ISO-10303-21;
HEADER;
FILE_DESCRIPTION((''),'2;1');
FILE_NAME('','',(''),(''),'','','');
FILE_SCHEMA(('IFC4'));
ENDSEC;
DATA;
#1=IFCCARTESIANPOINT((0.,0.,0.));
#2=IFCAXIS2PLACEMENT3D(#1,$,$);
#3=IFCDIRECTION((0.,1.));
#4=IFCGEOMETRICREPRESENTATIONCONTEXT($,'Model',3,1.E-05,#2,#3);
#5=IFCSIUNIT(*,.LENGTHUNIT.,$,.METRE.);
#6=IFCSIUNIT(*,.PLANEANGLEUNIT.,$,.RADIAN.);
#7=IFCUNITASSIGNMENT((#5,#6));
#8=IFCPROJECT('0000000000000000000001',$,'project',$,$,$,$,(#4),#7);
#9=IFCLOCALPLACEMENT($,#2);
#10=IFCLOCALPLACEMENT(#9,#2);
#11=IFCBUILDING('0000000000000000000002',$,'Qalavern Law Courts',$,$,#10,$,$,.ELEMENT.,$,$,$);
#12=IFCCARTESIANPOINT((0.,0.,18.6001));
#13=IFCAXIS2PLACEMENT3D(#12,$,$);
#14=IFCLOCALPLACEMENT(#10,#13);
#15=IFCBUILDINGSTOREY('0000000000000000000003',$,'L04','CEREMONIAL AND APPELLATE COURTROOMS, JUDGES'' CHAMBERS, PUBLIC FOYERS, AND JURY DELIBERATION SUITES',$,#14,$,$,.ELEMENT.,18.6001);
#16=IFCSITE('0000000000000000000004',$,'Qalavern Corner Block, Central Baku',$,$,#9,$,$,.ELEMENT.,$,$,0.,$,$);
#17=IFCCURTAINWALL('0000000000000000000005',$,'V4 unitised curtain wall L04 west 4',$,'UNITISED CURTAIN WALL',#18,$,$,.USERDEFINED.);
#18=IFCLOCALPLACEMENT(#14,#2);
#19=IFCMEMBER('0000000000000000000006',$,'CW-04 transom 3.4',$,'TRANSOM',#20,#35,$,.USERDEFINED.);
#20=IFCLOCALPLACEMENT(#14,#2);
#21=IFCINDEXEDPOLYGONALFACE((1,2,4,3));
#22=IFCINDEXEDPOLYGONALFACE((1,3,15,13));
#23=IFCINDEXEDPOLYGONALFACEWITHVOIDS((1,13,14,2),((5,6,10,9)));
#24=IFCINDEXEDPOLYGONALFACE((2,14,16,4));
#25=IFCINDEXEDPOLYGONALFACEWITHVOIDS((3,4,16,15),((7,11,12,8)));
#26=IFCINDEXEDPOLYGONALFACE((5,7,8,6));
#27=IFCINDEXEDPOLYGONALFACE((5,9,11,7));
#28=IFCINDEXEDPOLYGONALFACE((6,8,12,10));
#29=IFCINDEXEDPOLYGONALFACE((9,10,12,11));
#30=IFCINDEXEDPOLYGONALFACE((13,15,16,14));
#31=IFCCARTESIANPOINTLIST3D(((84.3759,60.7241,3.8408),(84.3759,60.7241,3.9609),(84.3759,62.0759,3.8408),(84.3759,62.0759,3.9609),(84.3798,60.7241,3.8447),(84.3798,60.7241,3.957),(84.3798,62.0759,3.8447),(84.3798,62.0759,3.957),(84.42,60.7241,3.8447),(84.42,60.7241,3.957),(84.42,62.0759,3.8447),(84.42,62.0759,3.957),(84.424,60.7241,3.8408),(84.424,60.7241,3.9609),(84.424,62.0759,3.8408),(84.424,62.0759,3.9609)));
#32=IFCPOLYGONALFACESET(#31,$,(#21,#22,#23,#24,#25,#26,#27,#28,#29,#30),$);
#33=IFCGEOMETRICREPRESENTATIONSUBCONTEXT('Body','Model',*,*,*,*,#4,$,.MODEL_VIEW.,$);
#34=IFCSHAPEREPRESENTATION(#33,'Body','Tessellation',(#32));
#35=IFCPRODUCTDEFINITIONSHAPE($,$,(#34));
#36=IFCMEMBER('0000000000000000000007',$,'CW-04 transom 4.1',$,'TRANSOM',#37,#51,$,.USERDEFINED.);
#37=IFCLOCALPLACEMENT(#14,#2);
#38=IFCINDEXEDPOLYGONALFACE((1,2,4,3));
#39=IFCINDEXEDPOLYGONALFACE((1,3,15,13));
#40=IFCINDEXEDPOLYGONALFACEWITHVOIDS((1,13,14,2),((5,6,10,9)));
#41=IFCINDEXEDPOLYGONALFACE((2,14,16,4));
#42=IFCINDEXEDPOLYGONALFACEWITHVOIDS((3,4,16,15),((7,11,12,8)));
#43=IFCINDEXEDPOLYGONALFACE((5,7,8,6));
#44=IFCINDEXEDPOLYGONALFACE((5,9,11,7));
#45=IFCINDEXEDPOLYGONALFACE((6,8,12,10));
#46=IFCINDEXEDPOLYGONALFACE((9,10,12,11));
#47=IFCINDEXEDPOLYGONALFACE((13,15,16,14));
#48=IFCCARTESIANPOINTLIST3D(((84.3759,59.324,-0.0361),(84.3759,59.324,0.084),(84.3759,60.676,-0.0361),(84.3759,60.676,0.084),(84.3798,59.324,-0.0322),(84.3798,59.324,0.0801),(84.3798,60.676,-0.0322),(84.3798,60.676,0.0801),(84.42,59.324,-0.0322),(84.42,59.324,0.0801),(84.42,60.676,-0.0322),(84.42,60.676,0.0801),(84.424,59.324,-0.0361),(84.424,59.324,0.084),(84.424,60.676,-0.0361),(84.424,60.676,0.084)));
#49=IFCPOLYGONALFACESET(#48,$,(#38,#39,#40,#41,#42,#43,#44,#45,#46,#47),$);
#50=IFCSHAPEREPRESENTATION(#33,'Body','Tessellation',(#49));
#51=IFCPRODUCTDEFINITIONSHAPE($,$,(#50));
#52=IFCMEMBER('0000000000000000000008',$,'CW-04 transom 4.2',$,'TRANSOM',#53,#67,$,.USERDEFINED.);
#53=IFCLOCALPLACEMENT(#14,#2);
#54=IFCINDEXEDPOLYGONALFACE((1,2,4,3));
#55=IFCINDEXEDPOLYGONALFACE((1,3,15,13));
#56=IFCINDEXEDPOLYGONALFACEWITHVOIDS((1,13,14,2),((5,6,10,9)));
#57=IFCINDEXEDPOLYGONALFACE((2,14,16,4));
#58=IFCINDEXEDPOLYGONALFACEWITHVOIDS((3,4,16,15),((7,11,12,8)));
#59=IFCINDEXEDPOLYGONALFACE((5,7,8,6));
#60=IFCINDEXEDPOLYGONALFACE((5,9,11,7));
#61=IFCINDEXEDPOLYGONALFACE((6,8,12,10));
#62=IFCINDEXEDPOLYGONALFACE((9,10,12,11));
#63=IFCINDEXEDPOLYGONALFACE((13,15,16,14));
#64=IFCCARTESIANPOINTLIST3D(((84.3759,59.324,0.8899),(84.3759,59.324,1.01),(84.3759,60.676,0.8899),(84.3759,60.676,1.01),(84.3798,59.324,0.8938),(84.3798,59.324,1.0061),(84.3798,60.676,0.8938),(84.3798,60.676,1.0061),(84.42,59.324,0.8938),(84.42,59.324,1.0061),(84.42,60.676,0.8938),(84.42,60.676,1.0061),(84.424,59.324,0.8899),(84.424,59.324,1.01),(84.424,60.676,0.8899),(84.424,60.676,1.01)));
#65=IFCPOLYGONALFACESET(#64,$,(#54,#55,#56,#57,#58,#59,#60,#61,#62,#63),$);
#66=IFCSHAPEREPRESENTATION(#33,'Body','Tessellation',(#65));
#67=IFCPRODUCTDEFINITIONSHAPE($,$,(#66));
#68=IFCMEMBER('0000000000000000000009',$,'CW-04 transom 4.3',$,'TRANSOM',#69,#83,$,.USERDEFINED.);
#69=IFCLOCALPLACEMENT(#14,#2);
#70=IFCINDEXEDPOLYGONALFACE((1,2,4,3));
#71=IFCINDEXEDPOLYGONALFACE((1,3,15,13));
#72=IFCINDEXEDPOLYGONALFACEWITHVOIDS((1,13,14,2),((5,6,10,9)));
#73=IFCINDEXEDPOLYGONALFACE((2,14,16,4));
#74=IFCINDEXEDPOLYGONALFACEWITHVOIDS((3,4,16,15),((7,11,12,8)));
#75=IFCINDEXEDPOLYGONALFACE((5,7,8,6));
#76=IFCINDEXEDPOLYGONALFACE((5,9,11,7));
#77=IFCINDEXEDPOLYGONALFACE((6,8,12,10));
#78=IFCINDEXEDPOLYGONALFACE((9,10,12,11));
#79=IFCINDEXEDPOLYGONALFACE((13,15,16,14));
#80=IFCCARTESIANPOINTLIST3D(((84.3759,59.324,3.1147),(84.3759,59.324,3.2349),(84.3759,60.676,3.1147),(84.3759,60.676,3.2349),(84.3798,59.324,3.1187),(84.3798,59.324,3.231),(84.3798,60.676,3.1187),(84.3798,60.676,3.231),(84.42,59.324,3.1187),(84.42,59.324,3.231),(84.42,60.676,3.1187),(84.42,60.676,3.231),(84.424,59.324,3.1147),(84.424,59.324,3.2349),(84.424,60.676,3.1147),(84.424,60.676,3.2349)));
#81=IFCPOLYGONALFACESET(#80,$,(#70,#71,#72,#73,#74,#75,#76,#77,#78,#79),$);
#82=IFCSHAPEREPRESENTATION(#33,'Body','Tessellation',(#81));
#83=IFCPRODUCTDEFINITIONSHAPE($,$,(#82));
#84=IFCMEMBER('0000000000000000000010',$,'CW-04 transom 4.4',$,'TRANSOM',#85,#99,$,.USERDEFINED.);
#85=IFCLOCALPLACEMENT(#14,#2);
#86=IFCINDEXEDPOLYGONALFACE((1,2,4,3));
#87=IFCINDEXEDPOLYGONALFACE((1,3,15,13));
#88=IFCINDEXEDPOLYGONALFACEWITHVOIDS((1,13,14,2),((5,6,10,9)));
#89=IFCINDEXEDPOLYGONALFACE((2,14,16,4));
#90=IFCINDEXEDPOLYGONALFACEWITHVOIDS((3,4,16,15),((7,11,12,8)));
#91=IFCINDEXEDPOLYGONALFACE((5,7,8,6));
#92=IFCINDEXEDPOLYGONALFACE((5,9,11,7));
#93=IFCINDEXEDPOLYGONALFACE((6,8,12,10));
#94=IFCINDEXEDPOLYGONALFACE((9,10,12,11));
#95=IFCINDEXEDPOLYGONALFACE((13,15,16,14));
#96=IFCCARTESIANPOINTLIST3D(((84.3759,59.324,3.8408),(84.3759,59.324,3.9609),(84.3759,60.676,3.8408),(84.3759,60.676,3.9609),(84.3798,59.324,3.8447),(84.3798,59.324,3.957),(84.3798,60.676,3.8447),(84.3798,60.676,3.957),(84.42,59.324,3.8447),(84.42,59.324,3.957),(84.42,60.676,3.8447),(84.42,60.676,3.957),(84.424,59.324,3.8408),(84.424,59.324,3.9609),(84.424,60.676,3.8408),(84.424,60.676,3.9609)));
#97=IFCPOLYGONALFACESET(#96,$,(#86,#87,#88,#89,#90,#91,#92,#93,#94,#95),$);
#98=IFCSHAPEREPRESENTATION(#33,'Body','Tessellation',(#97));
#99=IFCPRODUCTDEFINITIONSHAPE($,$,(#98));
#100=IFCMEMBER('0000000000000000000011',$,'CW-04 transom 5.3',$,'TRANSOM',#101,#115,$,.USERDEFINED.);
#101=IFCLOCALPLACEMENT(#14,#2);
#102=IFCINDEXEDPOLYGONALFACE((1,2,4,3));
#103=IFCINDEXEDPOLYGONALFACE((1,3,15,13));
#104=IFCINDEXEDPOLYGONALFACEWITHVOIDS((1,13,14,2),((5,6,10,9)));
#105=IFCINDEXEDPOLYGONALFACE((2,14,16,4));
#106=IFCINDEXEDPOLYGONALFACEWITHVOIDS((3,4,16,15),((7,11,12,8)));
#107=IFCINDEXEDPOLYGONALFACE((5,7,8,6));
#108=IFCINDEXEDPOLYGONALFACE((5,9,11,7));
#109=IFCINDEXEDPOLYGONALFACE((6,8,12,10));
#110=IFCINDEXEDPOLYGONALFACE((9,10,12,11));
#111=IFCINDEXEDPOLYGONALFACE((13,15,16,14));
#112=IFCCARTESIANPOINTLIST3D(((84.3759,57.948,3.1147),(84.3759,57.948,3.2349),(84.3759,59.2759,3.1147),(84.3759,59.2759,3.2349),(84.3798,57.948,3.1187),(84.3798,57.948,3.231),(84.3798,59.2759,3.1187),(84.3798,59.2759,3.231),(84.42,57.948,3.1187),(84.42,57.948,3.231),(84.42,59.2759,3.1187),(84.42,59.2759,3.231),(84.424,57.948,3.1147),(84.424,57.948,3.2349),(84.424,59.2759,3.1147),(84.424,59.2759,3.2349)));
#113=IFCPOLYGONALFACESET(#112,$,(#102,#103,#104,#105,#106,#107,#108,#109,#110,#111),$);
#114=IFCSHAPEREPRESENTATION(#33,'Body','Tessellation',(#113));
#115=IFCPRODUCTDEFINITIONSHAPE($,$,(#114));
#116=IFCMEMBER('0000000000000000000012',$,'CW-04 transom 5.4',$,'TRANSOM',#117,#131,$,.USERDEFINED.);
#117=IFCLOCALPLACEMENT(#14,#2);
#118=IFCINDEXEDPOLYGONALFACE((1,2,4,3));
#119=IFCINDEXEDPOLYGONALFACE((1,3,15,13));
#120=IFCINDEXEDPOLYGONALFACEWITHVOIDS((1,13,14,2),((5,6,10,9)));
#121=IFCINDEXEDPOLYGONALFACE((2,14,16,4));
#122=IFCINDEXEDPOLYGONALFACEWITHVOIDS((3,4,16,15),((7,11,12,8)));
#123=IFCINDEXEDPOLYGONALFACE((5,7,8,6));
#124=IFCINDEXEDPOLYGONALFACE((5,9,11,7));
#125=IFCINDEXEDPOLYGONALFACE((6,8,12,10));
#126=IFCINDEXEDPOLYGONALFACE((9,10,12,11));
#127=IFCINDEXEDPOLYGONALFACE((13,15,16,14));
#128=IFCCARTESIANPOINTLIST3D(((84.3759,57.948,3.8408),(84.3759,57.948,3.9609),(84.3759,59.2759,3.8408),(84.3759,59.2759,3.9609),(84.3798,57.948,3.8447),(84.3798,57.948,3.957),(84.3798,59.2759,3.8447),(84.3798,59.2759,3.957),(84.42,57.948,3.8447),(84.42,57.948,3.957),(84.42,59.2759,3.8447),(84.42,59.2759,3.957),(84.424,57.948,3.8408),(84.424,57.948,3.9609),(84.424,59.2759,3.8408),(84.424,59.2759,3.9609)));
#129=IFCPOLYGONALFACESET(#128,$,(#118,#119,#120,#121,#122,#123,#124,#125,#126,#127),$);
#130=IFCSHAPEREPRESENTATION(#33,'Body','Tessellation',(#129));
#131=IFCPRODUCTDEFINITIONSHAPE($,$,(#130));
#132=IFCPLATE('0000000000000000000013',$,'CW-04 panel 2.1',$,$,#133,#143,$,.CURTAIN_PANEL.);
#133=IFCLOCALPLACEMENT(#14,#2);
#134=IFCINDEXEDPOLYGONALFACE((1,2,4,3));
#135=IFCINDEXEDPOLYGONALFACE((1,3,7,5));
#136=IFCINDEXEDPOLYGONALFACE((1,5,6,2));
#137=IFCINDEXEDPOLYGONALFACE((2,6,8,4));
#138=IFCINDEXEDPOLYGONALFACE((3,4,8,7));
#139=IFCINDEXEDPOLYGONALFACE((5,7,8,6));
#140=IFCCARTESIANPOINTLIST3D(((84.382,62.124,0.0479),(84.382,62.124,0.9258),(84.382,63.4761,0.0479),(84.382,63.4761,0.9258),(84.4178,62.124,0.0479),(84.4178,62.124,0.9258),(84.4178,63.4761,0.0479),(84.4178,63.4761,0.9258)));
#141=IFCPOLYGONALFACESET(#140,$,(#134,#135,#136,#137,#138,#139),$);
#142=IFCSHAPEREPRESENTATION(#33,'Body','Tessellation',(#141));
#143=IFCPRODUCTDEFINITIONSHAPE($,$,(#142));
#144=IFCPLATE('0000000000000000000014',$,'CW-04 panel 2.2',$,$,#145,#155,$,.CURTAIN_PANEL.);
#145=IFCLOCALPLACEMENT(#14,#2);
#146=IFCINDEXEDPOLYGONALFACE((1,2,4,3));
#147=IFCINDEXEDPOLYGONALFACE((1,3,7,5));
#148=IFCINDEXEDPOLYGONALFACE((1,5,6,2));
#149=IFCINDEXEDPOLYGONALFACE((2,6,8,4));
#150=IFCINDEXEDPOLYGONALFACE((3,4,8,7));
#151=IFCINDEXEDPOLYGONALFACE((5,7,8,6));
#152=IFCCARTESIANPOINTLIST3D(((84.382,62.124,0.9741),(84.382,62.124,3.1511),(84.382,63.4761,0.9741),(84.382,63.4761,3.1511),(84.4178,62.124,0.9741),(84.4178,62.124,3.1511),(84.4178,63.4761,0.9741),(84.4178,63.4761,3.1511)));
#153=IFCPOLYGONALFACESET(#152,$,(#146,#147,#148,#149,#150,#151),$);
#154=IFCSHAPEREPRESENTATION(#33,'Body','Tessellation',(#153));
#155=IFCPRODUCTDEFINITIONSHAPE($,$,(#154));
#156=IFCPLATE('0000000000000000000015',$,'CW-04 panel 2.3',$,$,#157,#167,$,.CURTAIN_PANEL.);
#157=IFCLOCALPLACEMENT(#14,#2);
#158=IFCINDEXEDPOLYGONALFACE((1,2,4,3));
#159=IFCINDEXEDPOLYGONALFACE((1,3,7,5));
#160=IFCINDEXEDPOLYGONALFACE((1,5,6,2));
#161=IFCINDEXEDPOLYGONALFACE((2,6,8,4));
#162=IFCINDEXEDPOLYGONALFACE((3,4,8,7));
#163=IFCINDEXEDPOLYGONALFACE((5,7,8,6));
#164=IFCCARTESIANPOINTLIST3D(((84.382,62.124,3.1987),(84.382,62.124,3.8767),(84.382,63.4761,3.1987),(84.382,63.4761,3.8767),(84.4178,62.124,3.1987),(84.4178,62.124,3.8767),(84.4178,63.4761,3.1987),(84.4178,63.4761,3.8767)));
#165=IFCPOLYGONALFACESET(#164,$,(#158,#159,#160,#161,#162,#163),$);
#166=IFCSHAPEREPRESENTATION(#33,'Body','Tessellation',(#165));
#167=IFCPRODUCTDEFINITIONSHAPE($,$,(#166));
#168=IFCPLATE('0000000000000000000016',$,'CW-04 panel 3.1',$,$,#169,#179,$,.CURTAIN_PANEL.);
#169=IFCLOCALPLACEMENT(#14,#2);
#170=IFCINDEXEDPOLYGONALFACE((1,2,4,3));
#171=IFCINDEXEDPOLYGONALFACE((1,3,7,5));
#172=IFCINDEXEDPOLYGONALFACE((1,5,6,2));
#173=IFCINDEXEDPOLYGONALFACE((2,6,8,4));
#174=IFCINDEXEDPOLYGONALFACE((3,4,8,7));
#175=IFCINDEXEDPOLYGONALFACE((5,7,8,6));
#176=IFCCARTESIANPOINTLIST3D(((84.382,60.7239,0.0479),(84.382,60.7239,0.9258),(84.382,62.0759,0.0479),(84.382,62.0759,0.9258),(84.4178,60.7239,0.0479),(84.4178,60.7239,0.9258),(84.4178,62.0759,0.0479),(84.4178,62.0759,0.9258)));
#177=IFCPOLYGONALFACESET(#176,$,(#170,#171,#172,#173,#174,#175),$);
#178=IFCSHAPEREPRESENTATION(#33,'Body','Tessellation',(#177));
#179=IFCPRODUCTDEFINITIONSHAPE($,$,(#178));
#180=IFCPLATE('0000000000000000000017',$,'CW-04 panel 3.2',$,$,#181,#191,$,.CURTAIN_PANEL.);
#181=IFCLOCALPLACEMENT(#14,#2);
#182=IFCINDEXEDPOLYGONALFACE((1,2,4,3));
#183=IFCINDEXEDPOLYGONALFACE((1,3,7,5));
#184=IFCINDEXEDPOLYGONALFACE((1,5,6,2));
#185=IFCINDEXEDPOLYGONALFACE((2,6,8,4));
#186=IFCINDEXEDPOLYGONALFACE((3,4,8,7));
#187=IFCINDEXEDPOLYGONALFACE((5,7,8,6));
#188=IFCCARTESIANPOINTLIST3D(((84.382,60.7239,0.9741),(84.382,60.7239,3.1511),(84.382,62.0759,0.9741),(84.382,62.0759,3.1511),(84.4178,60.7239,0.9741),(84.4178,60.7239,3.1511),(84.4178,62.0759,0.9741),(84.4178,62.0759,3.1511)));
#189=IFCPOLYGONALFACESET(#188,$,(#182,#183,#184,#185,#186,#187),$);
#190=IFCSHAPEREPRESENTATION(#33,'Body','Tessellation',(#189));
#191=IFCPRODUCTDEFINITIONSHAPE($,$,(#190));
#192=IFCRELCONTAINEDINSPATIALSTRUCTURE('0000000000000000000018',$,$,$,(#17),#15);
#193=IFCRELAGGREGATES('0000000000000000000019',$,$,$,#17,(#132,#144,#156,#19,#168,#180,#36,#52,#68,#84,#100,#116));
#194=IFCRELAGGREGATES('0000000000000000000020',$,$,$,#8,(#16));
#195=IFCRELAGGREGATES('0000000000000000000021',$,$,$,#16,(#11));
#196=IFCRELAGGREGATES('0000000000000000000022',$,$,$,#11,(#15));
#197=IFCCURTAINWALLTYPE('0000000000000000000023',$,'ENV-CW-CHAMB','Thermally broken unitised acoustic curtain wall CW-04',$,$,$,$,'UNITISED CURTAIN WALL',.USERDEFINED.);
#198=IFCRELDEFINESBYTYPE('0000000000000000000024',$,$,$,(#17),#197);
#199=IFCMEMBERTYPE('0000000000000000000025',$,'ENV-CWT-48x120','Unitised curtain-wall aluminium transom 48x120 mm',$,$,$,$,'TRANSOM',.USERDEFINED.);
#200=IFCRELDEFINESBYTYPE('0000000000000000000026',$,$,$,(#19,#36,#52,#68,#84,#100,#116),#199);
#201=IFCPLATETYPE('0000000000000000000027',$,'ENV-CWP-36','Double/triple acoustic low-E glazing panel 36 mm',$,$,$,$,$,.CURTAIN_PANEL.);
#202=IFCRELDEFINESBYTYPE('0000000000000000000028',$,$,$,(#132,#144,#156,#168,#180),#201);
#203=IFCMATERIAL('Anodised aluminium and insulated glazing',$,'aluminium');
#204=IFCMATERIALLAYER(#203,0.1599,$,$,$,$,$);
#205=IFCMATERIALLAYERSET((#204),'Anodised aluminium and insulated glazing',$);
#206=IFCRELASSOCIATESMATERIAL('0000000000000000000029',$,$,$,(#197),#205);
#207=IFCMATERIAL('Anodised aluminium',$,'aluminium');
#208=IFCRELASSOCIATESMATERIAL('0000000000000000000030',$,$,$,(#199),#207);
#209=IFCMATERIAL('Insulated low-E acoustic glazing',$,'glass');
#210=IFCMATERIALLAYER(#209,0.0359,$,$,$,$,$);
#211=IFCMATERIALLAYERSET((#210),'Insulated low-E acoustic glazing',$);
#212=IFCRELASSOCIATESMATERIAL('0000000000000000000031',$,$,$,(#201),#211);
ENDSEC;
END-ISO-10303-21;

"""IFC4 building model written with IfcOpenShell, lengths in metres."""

from ifc_helpers import new_model, si_unit, direction, frame, origin, origin_2d, place, context, subcontext, project, spatial, rectangle, hollow_rectangle, extrude, material, layer, layer_set, material_profile, profile_set, type_object, element, aggregate, save


model = new_model("IFC4")

# Units and contexts
model_context = context("Model", 3, precision=1e-05, world=origin(), true_north=direction((0.0, 1.0)))
body_context = subcontext(model_context, "Body", "Model", "MODEL_VIEW")
ifc_project = project(units=[si_unit("LENGTHUNIT", "METRE"), si_unit("PLANEANGLEUNIT", "RADIAN")], contexts=[model_context])

# Site, building, storey
site_placement = place(None, origin())
site = spatial("IfcSite", under=ifc_project, at=site_placement, Name="Qalavern Corner Block, Central Baku", CompositionType="ELEMENT", RefElevation=0.0)
building_placement = place(site_placement, origin())
building = spatial("IfcBuilding", under=site, at=building_placement, Name="Qalavern Law Courts", CompositionType="ELEMENT")
storey_placement = place(building_placement, frame((0.0, 0.0, 18.6001)))
storey = spatial("IfcBuildingStorey", under=building, at=storey_placement, Name="L04", Description="CEREMONIAL AND APPELLATE COURTROOMS, JUDGES' CHAMBERS, PUBLIC FOYERS, AND JURY DELIBERATION SUITES", CompositionType="ELEMENT", Elevation=18.6001)

# Curtain wall, members, plates
ifc_material_1 = material(Name="Anodised aluminium and insulated glazing", Category="aluminium")
ifc_layer_1 = layer(ifc_material_1, 0.1599)
ifc_layer_set_1 = layer_set([ifc_layer_1], Name="Anodised aluminium and insulated glazing")
curtain_wall_type = type_object("IfcCurtainWallType", Name="ENV-CW-CHAMB", Description="Thermally broken unitised acoustic curtain wall CW-04", ElementType="UNITISED CURTAIN WALL", PredefinedType="USERDEFINED", material=ifc_layer_set_1)
curtain_wall_placement = place(storey_placement, origin())
curtain_wall = element("IfcCurtainWall", 1, at=curtain_wall_placement, inside=storey, type_object=curtain_wall_type, Name="V4 unitised curtain wall L04 west 4", ObjectType="UNITISED CURTAIN WALL", PredefinedType="USERDEFINED")
ifc_material_2 = material(Name="Anodised aluminium", Category="aluminium")
ifc_material_profile_1 = material_profile(ifc_material_2, hollow_rectangle(XDim=0.0481, YDim=0.1201, WallThickness=0.0039, at=origin_2d()), Name="ALU TRANSOM 48x120")
ifc_profile_set_1 = profile_set([ifc_material_profile_1], Name="Anodised aluminium")
member_type_1 = type_object("IfcMemberType", Name="ENV-CWT-48x120", Description="Unitised curtain-wall aluminium transom 48x120 mm", ElementType="TRANSOM", PredefinedType="USERDEFINED", material=ifc_profile_set_1)
member_1_placement = place(storey_placement, frame((84.3999, 62.0759, 3.9009), z_axis=(0.0, -1.0, 0.0), x_axis=(1.0, 0.0, 0.0)))
member_1 = element("IfcMember", 2, at=member_1_placement, type_object=member_type_1, Name="CW-04 transom 3.4", ObjectType="TRANSOM", PredefinedType="USERDEFINED", context=body_context, shape_type="SweptSolid", body=[
    extrude(hollow_rectangle(XDim=0.0481, YDim=0.1201, WallThickness=0.0039, at=origin_2d()), origin(), (0.0, 0.0, 1.0), 1.3518),
])
member_2_placement = place(storey_placement, frame((84.3999, 60.676, 0.0239), z_axis=(0.0, -1.0, 0.0), x_axis=(1.0, 0.0, 0.0)))
member_2 = element("IfcMember", 3, at=member_2_placement, type_object=member_type_1, Name="CW-04 transom 4.1", ObjectType="TRANSOM", PredefinedType="USERDEFINED", context=body_context, shape_type="SweptSolid", body=[
    extrude(hollow_rectangle(XDim=0.0481, YDim=0.1201, WallThickness=0.0039, at=origin_2d()), origin(), (0.0, 0.0, 1.0), 1.3521),
])
member_3_placement = place(storey_placement, frame((84.3999, 60.676, 0.95), z_axis=(0.0, -1.0, 0.0), x_axis=(1.0, 0.0, 0.0)))
member_3 = element("IfcMember", 4, at=member_3_placement, type_object=member_type_1, Name="CW-04 transom 4.2", ObjectType="TRANSOM", PredefinedType="USERDEFINED", context=body_context, shape_type="SweptSolid", body=[
    extrude(hollow_rectangle(XDim=0.0481, YDim=0.1201, WallThickness=0.0039, at=origin_2d()), origin(), (0.0, 0.0, 1.0), 1.3521),
])
member_4_placement = place(storey_placement, frame((84.3999, 60.676, 3.1748), z_axis=(0.0, -1.0, 0.0), x_axis=(1.0, 0.0, 0.0)))
member_4 = element("IfcMember", 5, at=member_4_placement, type_object=member_type_1, Name="CW-04 transom 4.3", ObjectType="TRANSOM", PredefinedType="USERDEFINED", context=body_context, shape_type="SweptSolid", body=[
    extrude(hollow_rectangle(XDim=0.0481, YDim=0.1201, WallThickness=0.0039, at=origin_2d()), origin(), (0.0, 0.0, 1.0), 1.3521),
])
member_5_placement = place(storey_placement, frame((84.3999, 60.676, 3.9009), z_axis=(0.0, -1.0, 0.0), x_axis=(1.0, 0.0, 0.0)))
member_5 = element("IfcMember", 6, at=member_5_placement, type_object=member_type_1, Name="CW-04 transom 4.4", ObjectType="TRANSOM", PredefinedType="USERDEFINED", context=body_context, shape_type="SweptSolid", body=[
    extrude(hollow_rectangle(XDim=0.0481, YDim=0.1201, WallThickness=0.0039, at=origin_2d()), origin(), (0.0, 0.0, 1.0), 1.3521),
])
member_6_placement = place(storey_placement, frame((84.3999, 59.2759, 3.1748), z_axis=(0.0, -1.0, 0.0), x_axis=(1.0, 0.0, 0.0)))
member_6 = element("IfcMember", 7, at=member_6_placement, type_object=member_type_1, Name="CW-04 transom 5.3", ObjectType="TRANSOM", PredefinedType="USERDEFINED", context=body_context, shape_type="SweptSolid", body=[
    extrude(hollow_rectangle(XDim=0.0481, YDim=0.1201, WallThickness=0.0039, at=origin_2d()), origin(), (0.0, 0.0, 1.0), 1.3279),
])
member_7_placement = place(storey_placement, frame((84.3999, 59.2759, 3.9009), z_axis=(0.0, -1.0, 0.0), x_axis=(1.0, 0.0, 0.0)))
member_7 = element("IfcMember", 8, at=member_7_placement, type_object=member_type_1, Name="CW-04 transom 5.4", ObjectType="TRANSOM", PredefinedType="USERDEFINED", context=body_context, shape_type="SweptSolid", body=[
    extrude(hollow_rectangle(XDim=0.0481, YDim=0.1201, WallThickness=0.0039, at=origin_2d()), origin(), (0.0, 0.0, 1.0), 1.3279),
])
ifc_material_3 = material(Name="Insulated low-E acoustic glazing", Category="glass")
ifc_layer_2 = layer(ifc_material_3, 0.0359)
ifc_layer_set_2 = layer_set([ifc_layer_2], Name="Insulated low-E acoustic glazing")
plate_type = type_object("IfcPlateType", Name="ENV-CWP-36", Description="Double/triple acoustic low-E glazing panel 36 mm", PredefinedType="CURTAIN_PANEL", material=ifc_layer_set_2)
plate_1_placement = place(storey_placement, frame((84.3999, 62.8, 0.0479), z_axis=(0.0, 0.0, 1.0), x_axis=(0.0, -1.0, 0.0)))
plate_1 = element("IfcPlate", 9, at=plate_1_placement, type_object=plate_type, Name="CW-04 panel 2.1", PredefinedType="CURTAIN_PANEL", context=body_context, shape_type="SweptSolid", body=[
    extrude(rectangle(XDim=1.3521, YDim=0.0359, at=origin_2d()), origin(), (0.0, 0.0, 1.0), 0.8779),
])
plate_2_placement = place(storey_placement, frame((84.3999, 62.8, 0.9741), z_axis=(0.0, 0.0, 1.0), x_axis=(0.0, -1.0, 0.0)))
plate_2 = element("IfcPlate", 10, at=plate_2_placement, type_object=plate_type, Name="CW-04 panel 2.2", PredefinedType="CURTAIN_PANEL", context=body_context, shape_type="SweptSolid", body=[
    extrude(rectangle(XDim=1.3521, YDim=0.0359, at=origin_2d()), origin(), (0.0, 0.0, 1.0), 2.177),
])
plate_3_placement = place(storey_placement, frame((84.3999, 62.8, 3.1987), z_axis=(0.0, 0.0, 1.0), x_axis=(0.0, -1.0, 0.0)))
plate_3 = element("IfcPlate", 11, at=plate_3_placement, type_object=plate_type, Name="CW-04 panel 2.3", PredefinedType="CURTAIN_PANEL", context=body_context, shape_type="SweptSolid", body=[
    extrude(rectangle(XDim=1.3521, YDim=0.0359, at=origin_2d()), origin(), (0.0, 0.0, 1.0), 0.678),
])
plate_4_placement = place(storey_placement, frame((84.3999, 61.3999, 0.0479), z_axis=(0.0, 0.0, 1.0), x_axis=(0.0, -1.0, 0.0)))
plate_4 = element("IfcPlate", 12, at=plate_4_placement, type_object=plate_type, Name="CW-04 panel 3.1", PredefinedType="CURTAIN_PANEL", context=body_context, shape_type="SweptSolid", body=[
    extrude(rectangle(XDim=1.3521, YDim=0.0359, at=origin_2d()), origin(), (0.0, 0.0, 1.0), 0.8779),
])
plate_5_placement = place(storey_placement, frame((84.3999, 61.3999, 0.9741), z_axis=(0.0, 0.0, 1.0), x_axis=(0.0, -1.0, 0.0)))
plate_5 = element("IfcPlate", 13, at=plate_5_placement, type_object=plate_type, Name="CW-04 panel 3.2", PredefinedType="CURTAIN_PANEL", context=body_context, shape_type="SweptSolid", body=[
    extrude(rectangle(XDim=1.3521, YDim=0.0359, at=origin_2d()), origin(), (0.0, 0.0, 1.0), 2.177),
])
aggregate(curtain_wall, [plate_1, plate_2, plate_3, member_1, plate_4, plate_5, member_2, member_3, member_4, member_5, member_6, member_7])

save(model, "model.ifc")
